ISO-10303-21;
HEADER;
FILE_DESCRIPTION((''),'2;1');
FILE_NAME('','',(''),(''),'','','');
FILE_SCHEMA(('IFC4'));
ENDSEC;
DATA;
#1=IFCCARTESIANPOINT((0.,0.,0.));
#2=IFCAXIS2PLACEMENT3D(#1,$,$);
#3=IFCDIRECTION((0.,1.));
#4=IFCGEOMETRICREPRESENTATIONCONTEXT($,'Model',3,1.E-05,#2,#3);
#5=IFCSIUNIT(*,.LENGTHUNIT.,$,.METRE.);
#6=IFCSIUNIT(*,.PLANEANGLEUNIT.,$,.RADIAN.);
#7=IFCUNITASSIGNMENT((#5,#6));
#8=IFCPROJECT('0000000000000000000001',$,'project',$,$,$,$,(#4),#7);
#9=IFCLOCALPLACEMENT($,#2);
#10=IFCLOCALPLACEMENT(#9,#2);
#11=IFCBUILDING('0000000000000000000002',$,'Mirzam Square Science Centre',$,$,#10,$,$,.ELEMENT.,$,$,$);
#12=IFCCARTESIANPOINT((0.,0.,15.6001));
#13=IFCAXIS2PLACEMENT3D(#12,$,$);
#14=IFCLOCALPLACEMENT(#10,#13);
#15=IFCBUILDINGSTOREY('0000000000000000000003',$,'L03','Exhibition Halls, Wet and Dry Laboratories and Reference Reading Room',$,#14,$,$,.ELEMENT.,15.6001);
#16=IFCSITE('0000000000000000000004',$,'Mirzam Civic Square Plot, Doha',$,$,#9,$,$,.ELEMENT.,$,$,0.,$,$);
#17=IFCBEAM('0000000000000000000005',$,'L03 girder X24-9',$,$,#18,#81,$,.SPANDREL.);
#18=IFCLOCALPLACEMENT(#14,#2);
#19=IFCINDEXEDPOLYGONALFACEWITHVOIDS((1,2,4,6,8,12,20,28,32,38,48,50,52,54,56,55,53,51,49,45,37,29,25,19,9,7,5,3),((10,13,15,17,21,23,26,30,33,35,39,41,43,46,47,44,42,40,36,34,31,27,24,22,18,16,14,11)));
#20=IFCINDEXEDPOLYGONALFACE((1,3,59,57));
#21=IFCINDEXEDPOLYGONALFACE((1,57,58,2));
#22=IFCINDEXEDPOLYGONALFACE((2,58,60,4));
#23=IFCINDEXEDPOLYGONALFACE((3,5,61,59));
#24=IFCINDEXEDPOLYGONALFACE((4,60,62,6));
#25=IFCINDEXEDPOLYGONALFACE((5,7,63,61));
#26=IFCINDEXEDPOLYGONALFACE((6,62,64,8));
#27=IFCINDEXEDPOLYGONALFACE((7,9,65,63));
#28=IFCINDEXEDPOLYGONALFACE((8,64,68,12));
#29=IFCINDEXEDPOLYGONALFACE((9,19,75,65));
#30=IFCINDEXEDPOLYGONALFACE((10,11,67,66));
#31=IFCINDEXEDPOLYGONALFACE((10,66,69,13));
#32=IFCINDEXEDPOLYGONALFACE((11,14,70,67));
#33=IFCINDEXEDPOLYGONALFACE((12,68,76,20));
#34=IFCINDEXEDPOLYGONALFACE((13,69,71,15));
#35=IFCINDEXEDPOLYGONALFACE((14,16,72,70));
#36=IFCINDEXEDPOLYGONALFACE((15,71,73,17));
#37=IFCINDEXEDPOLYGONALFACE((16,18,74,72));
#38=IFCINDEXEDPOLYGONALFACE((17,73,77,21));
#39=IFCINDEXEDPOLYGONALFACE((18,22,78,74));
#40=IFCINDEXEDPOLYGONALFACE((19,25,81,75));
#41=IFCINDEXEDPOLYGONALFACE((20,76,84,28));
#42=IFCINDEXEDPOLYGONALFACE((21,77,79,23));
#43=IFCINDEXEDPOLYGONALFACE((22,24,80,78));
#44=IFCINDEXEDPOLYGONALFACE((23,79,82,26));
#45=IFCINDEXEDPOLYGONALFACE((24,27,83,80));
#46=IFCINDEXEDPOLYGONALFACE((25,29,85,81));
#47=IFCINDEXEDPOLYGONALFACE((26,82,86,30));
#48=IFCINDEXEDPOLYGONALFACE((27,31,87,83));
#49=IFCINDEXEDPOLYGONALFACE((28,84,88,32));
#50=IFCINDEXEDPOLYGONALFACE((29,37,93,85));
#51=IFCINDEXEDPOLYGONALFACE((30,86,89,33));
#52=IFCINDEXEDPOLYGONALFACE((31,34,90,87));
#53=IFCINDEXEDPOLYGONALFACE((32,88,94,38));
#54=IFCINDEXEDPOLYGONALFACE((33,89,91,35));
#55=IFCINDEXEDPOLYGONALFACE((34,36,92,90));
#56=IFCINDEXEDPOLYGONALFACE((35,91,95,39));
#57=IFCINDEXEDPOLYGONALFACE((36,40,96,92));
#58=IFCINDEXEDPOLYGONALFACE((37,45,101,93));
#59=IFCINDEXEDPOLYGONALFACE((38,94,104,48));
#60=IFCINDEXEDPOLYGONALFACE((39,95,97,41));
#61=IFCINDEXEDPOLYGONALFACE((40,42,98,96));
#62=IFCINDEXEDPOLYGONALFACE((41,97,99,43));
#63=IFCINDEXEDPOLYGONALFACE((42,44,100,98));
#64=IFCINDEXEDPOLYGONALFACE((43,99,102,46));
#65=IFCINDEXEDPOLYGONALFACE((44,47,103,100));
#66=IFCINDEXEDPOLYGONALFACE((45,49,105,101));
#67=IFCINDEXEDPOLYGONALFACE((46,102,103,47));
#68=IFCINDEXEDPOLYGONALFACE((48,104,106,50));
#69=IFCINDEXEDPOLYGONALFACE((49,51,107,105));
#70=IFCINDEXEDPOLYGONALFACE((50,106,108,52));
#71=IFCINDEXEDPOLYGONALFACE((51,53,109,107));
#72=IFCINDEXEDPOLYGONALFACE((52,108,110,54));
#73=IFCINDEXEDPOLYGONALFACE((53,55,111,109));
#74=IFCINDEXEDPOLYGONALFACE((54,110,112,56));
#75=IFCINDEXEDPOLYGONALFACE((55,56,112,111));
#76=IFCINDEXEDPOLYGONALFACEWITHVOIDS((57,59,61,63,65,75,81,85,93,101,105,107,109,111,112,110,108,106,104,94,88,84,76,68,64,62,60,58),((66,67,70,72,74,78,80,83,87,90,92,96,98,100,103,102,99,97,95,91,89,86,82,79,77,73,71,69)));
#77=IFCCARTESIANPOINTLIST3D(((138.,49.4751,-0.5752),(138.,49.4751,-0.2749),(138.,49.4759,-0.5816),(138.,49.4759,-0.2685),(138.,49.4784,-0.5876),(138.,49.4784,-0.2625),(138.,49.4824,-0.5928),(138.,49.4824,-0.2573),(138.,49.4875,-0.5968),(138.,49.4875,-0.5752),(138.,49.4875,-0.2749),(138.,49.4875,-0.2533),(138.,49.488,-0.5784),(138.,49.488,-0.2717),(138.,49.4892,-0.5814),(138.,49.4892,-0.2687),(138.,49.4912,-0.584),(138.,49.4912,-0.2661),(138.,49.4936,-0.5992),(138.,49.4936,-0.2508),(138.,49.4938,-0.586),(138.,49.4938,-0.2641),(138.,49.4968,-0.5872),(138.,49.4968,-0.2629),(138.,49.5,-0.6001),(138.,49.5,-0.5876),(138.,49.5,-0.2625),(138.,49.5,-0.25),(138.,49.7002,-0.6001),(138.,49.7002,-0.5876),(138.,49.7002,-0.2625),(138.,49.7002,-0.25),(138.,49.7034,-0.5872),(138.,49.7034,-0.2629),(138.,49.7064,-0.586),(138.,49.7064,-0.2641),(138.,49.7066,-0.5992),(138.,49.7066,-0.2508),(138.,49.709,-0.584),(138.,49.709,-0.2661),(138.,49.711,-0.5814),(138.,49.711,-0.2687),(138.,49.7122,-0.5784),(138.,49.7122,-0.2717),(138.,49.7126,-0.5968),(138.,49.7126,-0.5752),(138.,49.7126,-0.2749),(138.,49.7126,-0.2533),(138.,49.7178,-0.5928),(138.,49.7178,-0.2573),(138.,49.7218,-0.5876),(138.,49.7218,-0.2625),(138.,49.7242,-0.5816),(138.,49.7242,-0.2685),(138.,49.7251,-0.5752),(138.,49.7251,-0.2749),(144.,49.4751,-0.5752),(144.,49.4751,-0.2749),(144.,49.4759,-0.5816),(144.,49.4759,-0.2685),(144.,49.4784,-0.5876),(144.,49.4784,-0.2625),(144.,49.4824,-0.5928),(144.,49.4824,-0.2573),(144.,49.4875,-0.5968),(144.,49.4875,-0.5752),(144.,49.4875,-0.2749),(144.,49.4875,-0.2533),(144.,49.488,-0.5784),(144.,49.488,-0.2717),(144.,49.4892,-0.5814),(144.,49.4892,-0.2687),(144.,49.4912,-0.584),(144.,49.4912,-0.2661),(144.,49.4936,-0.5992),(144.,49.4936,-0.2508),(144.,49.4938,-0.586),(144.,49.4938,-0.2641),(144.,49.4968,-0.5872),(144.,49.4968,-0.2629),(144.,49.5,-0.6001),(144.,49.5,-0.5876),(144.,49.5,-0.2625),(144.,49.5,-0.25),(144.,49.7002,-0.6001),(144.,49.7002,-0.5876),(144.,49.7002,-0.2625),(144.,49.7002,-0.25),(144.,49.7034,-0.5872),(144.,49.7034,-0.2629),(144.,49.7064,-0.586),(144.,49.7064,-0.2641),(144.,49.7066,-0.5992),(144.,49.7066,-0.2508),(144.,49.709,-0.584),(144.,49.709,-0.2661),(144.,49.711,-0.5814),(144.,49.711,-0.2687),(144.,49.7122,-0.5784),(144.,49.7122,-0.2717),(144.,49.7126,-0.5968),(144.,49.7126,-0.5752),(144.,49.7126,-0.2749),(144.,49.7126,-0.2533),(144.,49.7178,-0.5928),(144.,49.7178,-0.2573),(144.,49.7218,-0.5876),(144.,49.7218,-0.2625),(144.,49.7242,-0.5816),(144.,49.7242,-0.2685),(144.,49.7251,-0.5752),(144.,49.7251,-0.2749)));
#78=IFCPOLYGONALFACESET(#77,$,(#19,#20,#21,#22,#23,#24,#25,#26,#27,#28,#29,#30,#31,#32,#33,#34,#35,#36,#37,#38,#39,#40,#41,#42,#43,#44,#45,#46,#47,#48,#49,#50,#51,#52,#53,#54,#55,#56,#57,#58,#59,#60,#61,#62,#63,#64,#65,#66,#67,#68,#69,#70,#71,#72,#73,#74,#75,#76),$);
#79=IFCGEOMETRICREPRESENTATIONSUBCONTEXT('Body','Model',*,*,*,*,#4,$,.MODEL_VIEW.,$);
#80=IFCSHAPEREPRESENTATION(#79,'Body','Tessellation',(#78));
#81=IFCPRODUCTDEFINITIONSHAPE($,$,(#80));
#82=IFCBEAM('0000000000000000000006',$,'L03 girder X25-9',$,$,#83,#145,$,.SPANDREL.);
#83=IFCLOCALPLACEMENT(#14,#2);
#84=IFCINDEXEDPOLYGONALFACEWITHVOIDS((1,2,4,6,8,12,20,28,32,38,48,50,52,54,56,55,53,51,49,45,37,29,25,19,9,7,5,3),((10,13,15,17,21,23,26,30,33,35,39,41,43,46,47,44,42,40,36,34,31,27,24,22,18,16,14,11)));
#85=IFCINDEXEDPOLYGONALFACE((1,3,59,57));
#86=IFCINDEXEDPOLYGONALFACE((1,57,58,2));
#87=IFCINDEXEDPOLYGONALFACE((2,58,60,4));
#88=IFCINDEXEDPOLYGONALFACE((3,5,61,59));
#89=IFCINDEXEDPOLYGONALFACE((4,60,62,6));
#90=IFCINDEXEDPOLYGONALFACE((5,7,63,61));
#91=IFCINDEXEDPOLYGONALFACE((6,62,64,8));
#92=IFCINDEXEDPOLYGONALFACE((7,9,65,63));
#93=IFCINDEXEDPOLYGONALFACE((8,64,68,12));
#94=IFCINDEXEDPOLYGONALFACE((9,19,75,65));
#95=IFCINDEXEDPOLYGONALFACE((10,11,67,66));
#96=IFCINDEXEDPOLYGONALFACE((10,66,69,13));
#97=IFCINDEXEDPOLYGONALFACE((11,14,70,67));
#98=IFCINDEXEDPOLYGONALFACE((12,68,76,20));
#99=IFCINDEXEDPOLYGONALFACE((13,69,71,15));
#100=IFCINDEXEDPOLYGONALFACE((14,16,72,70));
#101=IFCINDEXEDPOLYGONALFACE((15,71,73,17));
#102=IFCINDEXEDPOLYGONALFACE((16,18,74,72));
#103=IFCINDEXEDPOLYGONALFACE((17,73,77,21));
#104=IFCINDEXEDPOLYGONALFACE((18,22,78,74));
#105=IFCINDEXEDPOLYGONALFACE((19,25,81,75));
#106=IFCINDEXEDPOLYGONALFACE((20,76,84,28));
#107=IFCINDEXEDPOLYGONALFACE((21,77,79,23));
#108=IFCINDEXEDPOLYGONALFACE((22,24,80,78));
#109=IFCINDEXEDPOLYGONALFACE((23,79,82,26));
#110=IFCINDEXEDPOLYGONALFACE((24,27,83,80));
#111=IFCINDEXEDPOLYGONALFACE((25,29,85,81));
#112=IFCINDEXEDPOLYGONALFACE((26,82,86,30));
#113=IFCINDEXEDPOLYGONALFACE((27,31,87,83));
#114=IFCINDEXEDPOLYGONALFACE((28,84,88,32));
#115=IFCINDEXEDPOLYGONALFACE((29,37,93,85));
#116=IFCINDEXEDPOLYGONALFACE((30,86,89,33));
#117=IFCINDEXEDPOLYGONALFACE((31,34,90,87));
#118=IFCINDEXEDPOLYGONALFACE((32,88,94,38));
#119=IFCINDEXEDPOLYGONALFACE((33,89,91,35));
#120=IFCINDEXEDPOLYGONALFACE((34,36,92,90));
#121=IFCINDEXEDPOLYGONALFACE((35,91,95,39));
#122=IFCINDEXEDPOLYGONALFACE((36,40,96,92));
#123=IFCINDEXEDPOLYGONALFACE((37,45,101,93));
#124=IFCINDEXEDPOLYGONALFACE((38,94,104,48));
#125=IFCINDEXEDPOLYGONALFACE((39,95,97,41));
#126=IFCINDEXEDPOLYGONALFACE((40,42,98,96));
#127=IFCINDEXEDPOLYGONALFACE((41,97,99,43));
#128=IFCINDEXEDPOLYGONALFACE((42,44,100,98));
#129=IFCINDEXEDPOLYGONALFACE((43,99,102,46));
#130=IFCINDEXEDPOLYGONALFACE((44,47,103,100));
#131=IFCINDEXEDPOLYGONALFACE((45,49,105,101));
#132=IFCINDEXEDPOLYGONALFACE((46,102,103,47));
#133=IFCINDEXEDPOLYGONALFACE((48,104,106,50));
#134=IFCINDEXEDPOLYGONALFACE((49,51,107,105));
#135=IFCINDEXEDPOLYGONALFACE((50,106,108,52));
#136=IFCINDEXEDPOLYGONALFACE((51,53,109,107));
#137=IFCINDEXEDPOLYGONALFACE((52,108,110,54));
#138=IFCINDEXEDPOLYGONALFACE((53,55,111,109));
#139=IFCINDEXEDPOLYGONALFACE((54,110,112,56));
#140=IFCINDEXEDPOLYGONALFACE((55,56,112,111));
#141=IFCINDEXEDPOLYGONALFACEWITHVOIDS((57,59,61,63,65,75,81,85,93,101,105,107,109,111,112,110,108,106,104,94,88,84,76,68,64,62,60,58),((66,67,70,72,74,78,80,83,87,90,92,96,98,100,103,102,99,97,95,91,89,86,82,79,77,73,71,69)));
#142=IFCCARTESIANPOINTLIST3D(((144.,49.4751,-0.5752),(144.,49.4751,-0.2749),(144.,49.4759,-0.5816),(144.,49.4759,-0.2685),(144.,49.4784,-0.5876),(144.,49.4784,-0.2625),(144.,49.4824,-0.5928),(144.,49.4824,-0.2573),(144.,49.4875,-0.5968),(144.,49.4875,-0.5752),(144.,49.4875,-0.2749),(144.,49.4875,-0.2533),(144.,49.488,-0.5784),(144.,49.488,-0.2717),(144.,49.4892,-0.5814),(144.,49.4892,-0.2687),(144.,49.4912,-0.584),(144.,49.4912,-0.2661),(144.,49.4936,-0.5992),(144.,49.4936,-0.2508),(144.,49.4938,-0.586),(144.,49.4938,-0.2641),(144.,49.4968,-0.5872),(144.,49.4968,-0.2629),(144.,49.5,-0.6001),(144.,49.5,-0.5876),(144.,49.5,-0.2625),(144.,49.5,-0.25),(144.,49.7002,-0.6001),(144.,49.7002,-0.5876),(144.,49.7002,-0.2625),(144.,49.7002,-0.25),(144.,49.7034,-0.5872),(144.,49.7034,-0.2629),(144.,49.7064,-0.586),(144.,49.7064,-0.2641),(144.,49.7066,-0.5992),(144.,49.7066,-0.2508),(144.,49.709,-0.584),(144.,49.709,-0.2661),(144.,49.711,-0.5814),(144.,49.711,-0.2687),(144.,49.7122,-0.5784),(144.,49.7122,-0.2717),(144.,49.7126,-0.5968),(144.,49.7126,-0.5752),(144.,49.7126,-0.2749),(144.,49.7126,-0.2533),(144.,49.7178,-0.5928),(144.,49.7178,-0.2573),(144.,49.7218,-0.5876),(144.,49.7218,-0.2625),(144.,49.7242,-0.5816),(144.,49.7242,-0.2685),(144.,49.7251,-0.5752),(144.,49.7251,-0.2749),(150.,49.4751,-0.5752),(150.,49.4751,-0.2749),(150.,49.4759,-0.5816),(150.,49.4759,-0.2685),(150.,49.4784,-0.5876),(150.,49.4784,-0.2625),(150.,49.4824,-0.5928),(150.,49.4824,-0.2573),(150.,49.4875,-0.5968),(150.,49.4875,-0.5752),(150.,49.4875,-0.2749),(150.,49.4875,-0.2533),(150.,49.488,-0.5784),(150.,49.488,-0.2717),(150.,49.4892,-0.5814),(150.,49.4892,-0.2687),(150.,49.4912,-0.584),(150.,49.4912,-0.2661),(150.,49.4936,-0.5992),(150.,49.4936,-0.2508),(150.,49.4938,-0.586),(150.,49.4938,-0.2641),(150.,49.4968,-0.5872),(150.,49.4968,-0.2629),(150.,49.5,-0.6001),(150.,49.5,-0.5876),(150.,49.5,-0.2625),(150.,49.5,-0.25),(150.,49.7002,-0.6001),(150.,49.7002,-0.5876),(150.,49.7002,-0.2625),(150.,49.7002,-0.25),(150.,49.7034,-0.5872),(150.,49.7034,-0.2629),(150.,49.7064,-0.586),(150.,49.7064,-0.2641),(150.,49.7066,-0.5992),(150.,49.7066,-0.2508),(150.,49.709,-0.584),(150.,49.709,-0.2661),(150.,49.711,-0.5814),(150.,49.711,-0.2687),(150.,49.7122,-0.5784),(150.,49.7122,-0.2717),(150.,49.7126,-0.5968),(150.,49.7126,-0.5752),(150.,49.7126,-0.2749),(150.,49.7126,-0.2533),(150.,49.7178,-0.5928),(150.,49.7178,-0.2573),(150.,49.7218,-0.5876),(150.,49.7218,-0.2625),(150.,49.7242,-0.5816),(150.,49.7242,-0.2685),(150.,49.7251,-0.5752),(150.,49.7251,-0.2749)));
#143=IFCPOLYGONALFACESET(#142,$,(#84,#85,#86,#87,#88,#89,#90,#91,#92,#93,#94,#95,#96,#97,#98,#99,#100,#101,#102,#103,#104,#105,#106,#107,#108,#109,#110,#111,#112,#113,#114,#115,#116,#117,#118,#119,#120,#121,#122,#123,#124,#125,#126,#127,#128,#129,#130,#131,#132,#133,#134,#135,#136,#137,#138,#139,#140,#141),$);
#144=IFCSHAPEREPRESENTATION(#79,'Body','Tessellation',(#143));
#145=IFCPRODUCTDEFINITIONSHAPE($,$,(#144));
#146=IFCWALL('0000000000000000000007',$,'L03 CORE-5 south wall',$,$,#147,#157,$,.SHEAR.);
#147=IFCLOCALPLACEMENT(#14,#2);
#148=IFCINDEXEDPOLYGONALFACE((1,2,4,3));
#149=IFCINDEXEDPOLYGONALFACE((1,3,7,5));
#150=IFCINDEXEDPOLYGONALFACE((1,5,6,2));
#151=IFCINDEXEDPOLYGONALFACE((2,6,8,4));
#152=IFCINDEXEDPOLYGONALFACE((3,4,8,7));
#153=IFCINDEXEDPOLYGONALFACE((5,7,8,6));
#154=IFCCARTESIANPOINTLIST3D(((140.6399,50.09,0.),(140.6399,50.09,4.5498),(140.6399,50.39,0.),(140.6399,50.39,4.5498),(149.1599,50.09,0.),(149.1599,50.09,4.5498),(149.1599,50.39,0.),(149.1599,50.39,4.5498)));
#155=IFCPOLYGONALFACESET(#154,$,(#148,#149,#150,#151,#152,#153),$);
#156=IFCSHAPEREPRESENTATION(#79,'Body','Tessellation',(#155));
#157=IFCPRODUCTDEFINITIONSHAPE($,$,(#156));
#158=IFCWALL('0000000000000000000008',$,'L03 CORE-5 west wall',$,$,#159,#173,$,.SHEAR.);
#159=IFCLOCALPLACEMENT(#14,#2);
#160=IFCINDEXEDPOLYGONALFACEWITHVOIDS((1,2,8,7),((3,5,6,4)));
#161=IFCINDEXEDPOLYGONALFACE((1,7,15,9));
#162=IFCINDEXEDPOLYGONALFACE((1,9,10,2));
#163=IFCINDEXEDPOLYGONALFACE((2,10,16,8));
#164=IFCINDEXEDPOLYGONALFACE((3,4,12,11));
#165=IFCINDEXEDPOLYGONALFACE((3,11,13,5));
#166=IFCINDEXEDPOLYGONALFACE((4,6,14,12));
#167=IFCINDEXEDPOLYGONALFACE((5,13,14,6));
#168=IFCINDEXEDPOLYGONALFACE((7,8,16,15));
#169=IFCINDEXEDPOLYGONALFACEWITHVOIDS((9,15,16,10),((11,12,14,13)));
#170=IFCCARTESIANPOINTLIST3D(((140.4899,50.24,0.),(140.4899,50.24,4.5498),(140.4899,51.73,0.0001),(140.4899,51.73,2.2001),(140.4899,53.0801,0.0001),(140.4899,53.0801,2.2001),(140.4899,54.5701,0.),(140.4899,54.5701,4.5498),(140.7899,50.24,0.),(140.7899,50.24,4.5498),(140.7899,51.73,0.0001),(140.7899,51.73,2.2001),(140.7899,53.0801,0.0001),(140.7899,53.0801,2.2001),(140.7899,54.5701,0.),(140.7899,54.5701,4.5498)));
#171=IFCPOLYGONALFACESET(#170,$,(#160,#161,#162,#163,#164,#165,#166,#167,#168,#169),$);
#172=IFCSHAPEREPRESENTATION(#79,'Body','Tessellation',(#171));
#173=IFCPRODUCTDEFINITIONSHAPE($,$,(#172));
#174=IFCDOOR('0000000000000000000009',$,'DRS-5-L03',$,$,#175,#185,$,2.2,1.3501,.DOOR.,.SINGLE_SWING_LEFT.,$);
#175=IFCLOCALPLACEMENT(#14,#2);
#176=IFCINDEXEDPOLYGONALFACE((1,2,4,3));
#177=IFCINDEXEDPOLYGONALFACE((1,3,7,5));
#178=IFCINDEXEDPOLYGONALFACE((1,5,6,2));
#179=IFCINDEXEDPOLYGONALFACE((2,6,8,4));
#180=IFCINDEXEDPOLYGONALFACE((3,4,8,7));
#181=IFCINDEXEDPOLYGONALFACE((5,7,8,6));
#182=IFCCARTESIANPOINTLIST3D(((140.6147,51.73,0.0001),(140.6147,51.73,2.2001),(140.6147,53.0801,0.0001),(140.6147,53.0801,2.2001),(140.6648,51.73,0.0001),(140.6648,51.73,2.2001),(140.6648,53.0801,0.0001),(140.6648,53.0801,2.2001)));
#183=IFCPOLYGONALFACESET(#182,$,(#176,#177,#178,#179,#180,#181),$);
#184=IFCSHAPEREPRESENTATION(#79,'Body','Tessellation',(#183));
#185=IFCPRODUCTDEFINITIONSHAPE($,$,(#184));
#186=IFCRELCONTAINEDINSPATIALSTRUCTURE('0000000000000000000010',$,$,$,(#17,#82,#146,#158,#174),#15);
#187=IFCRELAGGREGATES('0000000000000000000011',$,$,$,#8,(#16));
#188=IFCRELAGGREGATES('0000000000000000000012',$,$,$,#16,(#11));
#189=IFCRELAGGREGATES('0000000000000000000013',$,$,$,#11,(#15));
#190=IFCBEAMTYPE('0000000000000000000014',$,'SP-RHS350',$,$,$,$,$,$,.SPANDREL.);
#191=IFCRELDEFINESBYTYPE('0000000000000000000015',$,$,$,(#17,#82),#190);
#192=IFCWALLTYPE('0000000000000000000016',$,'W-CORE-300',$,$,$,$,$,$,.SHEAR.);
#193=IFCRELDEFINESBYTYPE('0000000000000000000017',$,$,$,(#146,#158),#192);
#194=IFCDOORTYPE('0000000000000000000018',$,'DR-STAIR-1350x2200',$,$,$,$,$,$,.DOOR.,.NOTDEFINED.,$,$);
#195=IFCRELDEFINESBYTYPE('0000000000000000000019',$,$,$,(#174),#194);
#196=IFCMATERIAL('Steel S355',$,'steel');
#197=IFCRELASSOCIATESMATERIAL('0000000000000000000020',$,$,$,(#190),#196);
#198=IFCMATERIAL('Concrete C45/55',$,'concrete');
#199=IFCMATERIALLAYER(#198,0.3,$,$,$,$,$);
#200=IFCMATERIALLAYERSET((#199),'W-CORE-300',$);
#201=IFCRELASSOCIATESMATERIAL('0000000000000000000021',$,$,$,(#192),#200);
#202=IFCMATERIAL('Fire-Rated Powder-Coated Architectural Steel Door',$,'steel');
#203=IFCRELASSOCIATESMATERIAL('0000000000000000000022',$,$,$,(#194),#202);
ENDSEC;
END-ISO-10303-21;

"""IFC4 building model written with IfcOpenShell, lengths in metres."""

from ifc_helpers import new_model, si_unit, direction, frame, frame_2d, origin, origin_2d, place, context, subcontext, project, spatial, rectangle, hollow_rectangle, extrude, material, layer, layer_set, material_profile, profile_set, type_object, element, fill, save


model = new_model("IFC4")

# Units and contexts
model_context = context("Model", 3, precision=1e-05, world=origin(), true_north=direction((0.0, 1.0)))
body_context = subcontext(model_context, "Body", "Model", "MODEL_VIEW")
ifc_project = project(units=[si_unit("LENGTHUNIT", "METRE"), si_unit("PLANEANGLEUNIT", "RADIAN")], contexts=[model_context])

# Site, building, storey
site_placement = place(None, origin())
site = spatial("IfcSite", under=ifc_project, at=site_placement, Name="Mirzam Civic Square Plot, Doha", CompositionType="ELEMENT", RefElevation=0.0)
building_placement = place(site_placement, origin())
building = spatial("IfcBuilding", under=site, at=building_placement, Name="Mirzam Square Science Centre", CompositionType="ELEMENT")
storey_placement = place(building_placement, frame((0.0, 0.0, 15.6001)))
storey = spatial("IfcBuildingStorey", under=building, at=storey_placement, Name="L03", Description="Exhibition Halls, Wet and Dry Laboratories and Reference Reading Room", CompositionType="ELEMENT", Elevation=15.6001)

# Shared definitions
ifc_material_1 = material(Name="Steel S355", Category="steel")

# Beams
ifc_material_profile_1 = material_profile(ifc_material_1, hollow_rectangle(XDim=0.25, YDim=0.3501, WallThickness=0.0125, InnerFilletRadius=0.0125, OuterFilletRadius=0.0249, at=origin_2d()), Name="350x250x12.5RHS")
ifc_profile_set_1 = profile_set([ifc_material_profile_1], Name="Steel S355")
beam_type_1 = type_object("IfcBeamType", Name="SP-RHS350", PredefinedType="SPANDREL", material=ifc_profile_set_1)
for number, where, z_axis, x_axis, name in (
    (1, (138.0, 49.6001, -0.425), (1.0, 0.0, 0.0), (0.0, 1.0, 0.0), "L03 girder X24-9"),
    (2, (144.0, 49.6001, -0.425), (1.0, 0.0, 0.0), (0.0, 1.0, 0.0), "L03 girder X25-9"),
):
    element("IfcBeam", number, at=place(storey_placement, frame(where, z_axis=z_axis, x_axis=x_axis)), inside=storey, type_object=beam_type_1, Name=name, PredefinedType="SPANDREL", context=body_context, shape_type="SweptSolid", body=[
        extrude(hollow_rectangle(XDim=0.25, YDim=0.3501, WallThickness=0.0125, InnerFilletRadius=0.0125, OuterFilletRadius=0.0249, at=origin_2d()), origin(), (0.0, 0.0, 1.0), 6.0),
    ])

# Wall
ifc_material_2 = material(Name="Concrete C45/55", Category="concrete")
ifc_layer_1 = layer(ifc_material_2, 0.3)
ifc_layer_set_1 = layer_set([ifc_layer_1], Name="W-CORE-300")
wall_type_1 = type_object("IfcWallType", Name="W-CORE-300", PredefinedType="SHEAR", material=ifc_layer_set_1)
wall_1_placement = place(storey_placement, frame((140.6399, 50.24, 0.0), z_axis=(0.0, 0.0, 1.0), x_axis=(1.0, 0.0, 0.0)))
element("IfcWall", 3, at=wall_1_placement, inside=storey, type_object=wall_type_1, Name="L03 CORE-5 south wall", PredefinedType="SHEAR", context=body_context, shape_type="SweptSolid", body=[
    extrude(rectangle(XDim=8.52, YDim=0.3, at=frame_2d((4.26, 0.0))), origin(), (0.0, 0.0, 1.0), 4.5498),
])

# Wall, opening, door
wall_2_placement = place(storey_placement, frame((140.6399, 54.5701, 0.0), z_axis=(0.0, 0.0, 1.0), x_axis=(0.0, -1.0, 0.0)))
wall_2 = element("IfcWall", 4, at=wall_2_placement, inside=storey, type_object=wall_type_1, Name="L03 CORE-5 west wall", PredefinedType="SHEAR", context=body_context, shape_type="SweptSolid", body=[
    extrude(rectangle(XDim=4.3301, YDim=0.3, at=frame_2d((2.165, 0.0))), origin(), (0.0, 0.0, 1.0), 4.5498),
])
opening_1_placement = place(wall_2_placement, frame((1.49, 0.0, 0.0)))
opening_1 = element("IfcOpeningElement", 5, at=opening_1_placement, cuts=wall_2, PredefinedType="OPENING", context=body_context, shape_type="SweptSolid", body=[
    extrude(rectangle(XDim=1.3501, YDim=2.2, at=frame_2d((0.675, 1.1001))), frame((0.0, 0.1599, 0.0), z_axis=(0.0, -1.0, 0.0), x_axis=(1.0, 0.0, 0.0)), (0.0, 0.0, 1.0), 0.3201),
])
ifc_material_3 = material(Name="Fire-Rated Powder-Coated Architectural Steel Door", Category="steel")
door_type_1 = type_object("IfcDoorType", Name="DR-STAIR-1350x2200", OperationType="NOTDEFINED", PredefinedType="DOOR", material=ifc_material_3)
door_1_placement = place(opening_1_placement, origin())
door_1 = element("IfcDoor", 6, at=door_1_placement, inside=storey, type_object=door_type_1, Name="DRS-5-L03", OperationType="SINGLE_SWING_LEFT", OverallHeight=2.2, OverallWidth=1.3501, PredefinedType="DOOR", context=body_context, shape_type="SweptSolid", body=[
    extrude(rectangle(XDim=1.3501, YDim=2.2, at=frame_2d((0.675, 1.1001))), frame((0.0, 0.0249, 0.0), z_axis=(0.0, -1.0, 0.0), x_axis=(1.0, 0.0, 0.0)), (0.0, 0.0, 1.0), 0.05),
])
fill(opening_1, door_1)

save(model, "model.ifc")
